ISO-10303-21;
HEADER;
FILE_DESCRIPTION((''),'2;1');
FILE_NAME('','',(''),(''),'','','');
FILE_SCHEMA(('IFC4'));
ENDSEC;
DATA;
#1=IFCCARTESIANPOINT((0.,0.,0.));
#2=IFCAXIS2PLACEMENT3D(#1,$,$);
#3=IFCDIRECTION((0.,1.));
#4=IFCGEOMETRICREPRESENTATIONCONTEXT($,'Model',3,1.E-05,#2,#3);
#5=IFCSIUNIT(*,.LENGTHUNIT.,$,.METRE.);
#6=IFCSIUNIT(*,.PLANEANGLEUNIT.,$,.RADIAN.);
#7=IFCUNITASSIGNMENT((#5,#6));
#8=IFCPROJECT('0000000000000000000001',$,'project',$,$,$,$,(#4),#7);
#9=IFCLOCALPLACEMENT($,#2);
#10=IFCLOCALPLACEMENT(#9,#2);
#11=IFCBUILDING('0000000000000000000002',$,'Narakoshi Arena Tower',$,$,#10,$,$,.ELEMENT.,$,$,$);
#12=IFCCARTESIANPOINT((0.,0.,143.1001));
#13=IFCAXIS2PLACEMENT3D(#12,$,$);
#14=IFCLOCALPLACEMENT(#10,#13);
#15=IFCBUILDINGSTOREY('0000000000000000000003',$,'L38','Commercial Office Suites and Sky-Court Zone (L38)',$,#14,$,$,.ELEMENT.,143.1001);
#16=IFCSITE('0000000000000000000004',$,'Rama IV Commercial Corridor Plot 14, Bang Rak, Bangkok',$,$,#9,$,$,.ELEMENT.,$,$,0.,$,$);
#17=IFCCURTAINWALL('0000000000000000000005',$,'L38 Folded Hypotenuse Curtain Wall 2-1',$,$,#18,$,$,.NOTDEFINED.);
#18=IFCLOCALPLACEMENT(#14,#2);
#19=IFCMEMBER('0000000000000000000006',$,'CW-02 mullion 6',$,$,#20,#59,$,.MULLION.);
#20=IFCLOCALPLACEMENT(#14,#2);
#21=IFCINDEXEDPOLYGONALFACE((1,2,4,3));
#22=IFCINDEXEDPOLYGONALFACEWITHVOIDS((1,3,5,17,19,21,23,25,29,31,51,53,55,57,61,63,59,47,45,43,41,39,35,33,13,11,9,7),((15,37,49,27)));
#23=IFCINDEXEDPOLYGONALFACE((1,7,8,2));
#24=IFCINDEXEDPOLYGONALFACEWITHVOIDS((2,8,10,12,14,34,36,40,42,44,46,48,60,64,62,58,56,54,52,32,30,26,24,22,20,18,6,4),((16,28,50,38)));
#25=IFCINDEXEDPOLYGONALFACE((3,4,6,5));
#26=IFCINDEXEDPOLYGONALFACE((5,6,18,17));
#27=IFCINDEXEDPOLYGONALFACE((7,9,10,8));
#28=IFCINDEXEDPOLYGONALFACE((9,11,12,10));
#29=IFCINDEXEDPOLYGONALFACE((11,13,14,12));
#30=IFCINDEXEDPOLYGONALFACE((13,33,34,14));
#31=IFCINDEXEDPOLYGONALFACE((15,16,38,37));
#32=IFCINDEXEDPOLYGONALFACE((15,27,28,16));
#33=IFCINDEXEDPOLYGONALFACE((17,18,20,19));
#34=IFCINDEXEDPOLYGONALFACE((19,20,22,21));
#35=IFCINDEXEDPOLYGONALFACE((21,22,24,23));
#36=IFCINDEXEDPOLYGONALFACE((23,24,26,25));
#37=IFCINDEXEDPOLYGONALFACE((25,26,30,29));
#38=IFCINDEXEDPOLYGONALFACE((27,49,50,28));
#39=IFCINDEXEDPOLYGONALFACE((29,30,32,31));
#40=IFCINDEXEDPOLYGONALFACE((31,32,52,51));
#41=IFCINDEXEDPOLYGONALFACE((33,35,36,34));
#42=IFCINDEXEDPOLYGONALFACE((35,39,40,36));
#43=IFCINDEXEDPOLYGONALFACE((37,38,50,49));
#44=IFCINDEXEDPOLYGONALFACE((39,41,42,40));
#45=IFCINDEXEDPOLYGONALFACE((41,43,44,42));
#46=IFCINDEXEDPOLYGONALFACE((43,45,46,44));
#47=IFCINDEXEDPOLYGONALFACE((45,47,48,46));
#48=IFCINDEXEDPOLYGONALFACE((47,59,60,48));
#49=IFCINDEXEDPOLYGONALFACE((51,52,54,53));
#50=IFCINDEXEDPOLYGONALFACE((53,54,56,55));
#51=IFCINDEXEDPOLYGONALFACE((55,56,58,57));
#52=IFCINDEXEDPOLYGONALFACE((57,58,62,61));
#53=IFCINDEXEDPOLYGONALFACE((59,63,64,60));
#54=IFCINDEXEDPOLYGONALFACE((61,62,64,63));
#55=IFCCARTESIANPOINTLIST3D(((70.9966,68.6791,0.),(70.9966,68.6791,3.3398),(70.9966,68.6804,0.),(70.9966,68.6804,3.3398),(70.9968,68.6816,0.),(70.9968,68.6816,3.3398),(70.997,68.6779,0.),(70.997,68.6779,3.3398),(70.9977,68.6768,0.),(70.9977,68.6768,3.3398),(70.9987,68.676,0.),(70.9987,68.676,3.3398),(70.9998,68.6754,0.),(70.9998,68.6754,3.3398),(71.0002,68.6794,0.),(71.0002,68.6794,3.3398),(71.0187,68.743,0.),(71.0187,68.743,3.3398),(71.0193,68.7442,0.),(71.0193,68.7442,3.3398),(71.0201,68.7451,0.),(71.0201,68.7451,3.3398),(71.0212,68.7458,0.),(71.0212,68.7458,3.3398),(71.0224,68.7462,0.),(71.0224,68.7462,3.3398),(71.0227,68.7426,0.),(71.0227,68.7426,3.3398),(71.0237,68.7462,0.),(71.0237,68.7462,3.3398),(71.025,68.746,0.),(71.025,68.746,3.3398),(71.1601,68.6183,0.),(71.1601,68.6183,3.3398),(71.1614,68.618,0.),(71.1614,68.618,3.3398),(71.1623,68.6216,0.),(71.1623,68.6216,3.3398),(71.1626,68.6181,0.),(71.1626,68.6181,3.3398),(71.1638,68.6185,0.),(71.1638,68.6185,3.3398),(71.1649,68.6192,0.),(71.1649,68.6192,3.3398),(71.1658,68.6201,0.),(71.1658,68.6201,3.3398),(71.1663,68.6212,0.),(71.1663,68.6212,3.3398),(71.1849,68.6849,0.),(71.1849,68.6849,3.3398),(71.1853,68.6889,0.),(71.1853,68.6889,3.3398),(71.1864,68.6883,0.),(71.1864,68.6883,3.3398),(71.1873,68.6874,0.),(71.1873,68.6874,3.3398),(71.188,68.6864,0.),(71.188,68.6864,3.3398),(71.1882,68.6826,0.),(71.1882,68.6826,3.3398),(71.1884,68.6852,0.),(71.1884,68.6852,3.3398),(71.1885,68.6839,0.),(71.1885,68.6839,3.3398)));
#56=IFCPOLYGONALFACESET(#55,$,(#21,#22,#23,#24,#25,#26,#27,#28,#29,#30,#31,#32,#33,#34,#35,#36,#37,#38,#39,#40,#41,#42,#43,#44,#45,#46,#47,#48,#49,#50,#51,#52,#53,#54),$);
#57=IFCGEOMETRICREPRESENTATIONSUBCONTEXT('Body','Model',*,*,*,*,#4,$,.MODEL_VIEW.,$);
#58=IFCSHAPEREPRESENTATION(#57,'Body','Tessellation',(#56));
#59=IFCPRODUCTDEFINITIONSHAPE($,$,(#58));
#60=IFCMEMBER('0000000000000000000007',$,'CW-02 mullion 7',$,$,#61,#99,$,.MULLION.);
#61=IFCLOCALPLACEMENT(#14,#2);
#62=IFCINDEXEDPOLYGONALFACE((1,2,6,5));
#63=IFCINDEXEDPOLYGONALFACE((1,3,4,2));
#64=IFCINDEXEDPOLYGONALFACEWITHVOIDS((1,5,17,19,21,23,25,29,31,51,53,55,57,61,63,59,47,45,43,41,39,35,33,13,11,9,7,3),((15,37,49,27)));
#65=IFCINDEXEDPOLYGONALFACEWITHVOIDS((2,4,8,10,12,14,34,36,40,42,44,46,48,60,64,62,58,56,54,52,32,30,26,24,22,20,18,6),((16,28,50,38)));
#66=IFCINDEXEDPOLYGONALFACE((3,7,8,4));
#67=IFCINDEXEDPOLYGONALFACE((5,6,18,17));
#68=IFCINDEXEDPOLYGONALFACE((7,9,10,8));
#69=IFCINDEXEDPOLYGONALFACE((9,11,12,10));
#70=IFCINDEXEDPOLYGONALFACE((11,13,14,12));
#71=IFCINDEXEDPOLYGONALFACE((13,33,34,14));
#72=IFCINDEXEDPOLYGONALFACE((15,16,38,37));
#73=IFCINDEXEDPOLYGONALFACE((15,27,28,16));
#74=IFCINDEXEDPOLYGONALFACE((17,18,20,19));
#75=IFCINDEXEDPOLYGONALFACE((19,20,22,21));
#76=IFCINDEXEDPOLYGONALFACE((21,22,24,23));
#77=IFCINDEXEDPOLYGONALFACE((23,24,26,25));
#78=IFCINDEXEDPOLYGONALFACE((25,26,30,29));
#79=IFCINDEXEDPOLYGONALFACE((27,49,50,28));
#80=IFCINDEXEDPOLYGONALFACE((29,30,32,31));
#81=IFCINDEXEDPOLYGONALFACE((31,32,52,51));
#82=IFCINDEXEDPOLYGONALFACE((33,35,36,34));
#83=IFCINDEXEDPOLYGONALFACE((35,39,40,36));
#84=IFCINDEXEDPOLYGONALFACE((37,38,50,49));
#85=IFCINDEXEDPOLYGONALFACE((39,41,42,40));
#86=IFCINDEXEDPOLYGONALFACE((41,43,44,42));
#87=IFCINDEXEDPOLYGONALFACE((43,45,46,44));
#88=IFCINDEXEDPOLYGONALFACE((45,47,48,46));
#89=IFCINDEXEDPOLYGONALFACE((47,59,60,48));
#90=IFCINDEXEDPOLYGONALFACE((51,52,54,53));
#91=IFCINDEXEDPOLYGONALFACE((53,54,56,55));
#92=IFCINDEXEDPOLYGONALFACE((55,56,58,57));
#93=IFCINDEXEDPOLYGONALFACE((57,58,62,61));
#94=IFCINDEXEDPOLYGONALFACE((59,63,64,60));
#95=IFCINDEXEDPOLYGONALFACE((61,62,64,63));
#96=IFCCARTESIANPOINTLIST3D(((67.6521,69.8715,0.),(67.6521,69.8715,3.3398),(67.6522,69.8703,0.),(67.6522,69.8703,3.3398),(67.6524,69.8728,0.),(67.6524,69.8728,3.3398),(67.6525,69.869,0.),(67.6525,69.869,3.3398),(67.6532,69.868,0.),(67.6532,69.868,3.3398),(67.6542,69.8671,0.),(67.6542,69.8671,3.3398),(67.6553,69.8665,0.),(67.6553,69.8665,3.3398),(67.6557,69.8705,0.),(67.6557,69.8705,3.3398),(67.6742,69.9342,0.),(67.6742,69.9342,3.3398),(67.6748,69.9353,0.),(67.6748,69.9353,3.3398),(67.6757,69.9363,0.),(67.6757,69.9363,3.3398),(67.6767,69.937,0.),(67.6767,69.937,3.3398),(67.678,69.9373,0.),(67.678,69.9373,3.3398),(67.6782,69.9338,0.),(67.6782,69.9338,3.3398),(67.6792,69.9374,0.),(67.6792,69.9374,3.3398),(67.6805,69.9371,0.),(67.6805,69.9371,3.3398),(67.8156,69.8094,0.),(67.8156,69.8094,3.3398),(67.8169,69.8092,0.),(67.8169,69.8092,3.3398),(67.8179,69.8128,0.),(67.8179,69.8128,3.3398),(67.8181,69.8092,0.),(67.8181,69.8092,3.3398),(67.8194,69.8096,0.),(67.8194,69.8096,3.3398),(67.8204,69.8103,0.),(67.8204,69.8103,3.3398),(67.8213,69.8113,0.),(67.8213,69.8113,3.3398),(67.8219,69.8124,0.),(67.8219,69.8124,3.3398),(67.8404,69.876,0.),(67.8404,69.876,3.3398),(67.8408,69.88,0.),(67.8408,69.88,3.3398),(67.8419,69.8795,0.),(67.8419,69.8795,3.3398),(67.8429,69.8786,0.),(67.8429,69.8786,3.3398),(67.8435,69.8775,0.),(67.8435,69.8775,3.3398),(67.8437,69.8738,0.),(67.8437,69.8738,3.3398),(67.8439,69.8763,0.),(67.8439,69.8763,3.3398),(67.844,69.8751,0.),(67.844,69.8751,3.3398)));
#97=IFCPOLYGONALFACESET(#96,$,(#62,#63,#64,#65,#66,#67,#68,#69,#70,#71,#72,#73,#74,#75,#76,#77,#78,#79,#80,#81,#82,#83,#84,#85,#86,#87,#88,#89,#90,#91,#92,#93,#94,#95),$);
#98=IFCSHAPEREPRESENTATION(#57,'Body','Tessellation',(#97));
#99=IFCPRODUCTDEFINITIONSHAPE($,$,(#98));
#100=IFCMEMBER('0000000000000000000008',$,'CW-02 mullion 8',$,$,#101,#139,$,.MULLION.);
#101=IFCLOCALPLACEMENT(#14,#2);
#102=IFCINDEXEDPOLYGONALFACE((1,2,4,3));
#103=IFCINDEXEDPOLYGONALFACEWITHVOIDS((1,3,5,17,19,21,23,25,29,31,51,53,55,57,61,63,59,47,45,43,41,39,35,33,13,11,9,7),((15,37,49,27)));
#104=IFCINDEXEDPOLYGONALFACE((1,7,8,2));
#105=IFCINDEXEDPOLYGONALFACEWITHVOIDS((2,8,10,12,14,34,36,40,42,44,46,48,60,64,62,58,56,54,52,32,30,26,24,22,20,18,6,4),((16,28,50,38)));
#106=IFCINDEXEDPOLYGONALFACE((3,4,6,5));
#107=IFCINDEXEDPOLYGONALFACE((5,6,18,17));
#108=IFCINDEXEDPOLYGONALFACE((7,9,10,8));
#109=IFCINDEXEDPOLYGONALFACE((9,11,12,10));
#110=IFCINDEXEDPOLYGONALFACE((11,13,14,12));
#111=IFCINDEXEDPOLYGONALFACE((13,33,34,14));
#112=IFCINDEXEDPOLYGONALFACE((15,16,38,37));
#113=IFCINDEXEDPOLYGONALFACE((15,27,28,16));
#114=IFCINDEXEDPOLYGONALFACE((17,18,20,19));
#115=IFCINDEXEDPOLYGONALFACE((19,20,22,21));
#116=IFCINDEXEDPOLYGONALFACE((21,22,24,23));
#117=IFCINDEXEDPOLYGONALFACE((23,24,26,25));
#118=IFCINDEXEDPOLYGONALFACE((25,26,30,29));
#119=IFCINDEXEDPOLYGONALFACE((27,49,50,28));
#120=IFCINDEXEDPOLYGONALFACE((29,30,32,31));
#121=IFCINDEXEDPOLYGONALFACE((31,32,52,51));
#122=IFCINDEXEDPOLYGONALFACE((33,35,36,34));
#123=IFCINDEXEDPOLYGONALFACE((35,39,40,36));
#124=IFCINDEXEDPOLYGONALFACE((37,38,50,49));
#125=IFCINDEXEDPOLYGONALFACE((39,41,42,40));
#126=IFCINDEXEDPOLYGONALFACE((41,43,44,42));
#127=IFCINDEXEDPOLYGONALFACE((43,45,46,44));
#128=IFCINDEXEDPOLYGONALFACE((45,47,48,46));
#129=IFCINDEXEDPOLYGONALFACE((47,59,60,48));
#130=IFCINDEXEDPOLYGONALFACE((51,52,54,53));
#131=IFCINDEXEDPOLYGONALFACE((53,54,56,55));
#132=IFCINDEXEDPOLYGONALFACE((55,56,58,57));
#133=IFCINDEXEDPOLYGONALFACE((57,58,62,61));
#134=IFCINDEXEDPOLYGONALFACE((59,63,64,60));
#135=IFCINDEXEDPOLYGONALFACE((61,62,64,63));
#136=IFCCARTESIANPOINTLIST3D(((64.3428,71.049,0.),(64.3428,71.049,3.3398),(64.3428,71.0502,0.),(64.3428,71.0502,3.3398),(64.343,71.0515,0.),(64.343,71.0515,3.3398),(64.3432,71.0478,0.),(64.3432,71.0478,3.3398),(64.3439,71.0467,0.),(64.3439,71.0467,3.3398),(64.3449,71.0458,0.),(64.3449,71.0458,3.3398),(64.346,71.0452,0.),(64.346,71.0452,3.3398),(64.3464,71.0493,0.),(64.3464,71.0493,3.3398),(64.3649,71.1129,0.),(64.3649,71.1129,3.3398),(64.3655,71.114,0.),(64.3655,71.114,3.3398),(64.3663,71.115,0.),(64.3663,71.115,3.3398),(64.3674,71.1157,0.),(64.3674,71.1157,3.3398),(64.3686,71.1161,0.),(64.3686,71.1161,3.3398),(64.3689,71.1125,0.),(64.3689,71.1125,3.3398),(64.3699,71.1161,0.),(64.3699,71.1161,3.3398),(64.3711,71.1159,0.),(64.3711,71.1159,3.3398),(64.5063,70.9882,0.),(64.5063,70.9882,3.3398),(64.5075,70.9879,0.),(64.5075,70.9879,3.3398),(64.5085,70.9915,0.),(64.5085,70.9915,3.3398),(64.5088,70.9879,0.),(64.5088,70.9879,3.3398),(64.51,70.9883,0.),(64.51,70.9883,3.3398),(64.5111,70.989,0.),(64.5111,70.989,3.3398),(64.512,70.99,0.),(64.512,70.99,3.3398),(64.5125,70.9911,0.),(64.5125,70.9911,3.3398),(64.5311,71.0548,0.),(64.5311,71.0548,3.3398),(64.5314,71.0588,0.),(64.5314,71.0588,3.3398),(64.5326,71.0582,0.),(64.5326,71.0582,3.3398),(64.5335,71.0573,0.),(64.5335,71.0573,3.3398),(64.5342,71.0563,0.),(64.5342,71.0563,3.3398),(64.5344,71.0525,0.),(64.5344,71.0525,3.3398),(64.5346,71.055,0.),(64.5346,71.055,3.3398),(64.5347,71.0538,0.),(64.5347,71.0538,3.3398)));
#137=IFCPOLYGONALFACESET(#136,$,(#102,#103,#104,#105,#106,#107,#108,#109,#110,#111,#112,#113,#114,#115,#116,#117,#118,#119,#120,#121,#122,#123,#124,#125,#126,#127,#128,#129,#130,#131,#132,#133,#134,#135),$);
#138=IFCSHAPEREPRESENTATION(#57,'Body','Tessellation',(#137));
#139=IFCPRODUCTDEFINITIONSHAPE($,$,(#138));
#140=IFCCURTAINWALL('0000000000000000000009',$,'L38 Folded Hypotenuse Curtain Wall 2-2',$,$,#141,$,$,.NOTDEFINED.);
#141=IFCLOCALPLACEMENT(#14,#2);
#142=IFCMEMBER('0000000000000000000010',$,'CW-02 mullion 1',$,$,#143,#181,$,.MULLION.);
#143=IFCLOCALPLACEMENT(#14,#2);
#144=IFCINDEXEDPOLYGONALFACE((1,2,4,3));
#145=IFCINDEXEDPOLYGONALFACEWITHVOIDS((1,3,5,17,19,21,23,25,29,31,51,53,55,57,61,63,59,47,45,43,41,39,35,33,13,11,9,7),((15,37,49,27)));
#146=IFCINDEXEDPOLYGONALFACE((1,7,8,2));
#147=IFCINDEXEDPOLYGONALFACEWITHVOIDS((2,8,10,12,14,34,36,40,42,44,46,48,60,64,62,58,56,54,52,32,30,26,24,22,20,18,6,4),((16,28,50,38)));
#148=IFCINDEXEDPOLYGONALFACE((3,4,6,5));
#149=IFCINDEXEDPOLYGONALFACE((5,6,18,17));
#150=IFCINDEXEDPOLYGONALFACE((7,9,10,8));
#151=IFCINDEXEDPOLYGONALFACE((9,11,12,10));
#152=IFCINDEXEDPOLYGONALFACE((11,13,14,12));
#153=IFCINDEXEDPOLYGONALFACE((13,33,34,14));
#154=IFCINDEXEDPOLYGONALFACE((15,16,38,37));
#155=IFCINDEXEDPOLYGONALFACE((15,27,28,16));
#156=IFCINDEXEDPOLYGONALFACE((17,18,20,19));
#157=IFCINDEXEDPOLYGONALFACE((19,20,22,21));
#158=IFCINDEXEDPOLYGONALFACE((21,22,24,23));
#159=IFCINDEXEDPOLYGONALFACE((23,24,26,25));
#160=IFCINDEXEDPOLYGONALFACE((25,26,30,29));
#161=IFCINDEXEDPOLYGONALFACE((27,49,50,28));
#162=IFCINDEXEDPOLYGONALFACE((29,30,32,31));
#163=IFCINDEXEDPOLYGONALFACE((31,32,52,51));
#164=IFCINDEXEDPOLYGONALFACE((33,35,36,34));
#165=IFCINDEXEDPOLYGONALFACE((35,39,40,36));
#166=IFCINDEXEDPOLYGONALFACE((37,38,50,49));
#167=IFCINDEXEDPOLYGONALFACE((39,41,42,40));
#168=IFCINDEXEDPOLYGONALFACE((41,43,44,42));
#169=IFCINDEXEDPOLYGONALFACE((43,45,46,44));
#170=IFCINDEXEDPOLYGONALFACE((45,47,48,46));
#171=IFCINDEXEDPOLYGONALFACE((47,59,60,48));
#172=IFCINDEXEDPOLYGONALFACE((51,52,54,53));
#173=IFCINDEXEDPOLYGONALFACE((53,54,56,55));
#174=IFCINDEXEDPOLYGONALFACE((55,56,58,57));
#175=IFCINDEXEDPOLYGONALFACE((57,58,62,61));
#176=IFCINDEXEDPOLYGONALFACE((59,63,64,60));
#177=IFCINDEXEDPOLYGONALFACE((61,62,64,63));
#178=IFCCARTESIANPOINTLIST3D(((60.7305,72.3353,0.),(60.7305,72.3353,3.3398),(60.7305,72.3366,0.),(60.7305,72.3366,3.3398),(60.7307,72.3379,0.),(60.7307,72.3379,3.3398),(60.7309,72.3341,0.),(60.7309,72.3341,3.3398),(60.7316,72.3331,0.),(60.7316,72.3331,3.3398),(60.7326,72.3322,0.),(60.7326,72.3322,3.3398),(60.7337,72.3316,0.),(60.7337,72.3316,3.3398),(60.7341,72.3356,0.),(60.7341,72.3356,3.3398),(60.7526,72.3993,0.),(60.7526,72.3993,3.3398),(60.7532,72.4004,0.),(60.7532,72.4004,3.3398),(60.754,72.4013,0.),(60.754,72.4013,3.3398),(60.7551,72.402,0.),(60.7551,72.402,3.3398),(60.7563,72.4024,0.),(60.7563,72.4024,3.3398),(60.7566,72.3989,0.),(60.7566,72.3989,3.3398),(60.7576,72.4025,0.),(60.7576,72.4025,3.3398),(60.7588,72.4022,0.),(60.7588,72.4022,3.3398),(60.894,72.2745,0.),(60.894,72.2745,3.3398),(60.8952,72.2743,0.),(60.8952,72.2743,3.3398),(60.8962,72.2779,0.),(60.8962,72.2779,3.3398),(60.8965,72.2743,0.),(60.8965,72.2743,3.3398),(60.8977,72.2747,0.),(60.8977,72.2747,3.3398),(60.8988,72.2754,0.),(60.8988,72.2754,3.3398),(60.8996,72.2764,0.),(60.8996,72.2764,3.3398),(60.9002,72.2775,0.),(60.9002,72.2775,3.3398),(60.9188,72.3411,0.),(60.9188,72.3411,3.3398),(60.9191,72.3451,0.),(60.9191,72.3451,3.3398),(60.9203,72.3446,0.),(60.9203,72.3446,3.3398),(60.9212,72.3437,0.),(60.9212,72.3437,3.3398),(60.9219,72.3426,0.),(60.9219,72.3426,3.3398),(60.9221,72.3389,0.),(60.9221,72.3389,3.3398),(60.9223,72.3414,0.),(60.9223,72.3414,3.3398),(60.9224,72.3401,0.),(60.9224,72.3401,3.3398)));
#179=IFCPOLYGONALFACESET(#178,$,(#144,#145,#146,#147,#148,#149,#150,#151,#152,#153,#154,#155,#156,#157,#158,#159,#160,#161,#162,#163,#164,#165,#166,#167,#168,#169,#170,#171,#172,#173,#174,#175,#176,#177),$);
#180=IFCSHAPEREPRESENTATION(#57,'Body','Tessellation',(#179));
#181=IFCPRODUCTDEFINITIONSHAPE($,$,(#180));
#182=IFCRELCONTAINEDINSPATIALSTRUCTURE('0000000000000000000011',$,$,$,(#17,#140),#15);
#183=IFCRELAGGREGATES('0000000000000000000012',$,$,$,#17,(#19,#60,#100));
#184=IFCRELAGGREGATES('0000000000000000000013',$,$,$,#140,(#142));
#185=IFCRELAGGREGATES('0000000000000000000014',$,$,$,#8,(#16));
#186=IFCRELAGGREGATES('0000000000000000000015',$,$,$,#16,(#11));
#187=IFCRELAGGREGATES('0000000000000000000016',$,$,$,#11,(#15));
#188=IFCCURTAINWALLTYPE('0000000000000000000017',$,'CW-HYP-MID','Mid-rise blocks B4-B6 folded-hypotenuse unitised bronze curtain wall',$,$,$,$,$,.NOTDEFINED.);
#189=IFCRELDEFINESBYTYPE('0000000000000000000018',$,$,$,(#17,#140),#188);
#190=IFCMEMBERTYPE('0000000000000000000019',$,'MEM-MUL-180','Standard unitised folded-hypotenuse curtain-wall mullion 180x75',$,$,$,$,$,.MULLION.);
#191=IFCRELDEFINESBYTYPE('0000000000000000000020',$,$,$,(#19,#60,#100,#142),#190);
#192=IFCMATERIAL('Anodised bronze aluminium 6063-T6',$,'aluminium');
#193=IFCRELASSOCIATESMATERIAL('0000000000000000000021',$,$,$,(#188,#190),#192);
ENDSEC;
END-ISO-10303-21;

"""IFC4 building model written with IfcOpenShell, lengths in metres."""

from ifc_helpers import new_model, si_unit, direction, frame, origin, origin_2d, place, context, subcontext, project, spatial, hollow_rectangle, extrude, material, material_profile, profile_set, type_object, element, aggregate, save


model = new_model("IFC4")

# Units and contexts
model_context = context("Model", 3, precision=1e-05, world=origin(), true_north=direction((0.0, 1.0)))
body_context = subcontext(model_context, "Body", "Model", "MODEL_VIEW")
ifc_project = project(units=[si_unit("LENGTHUNIT", "METRE"), si_unit("PLANEANGLEUNIT", "RADIAN")], contexts=[model_context])

# Site, building, storey
site_placement = place(None, origin())
site = spatial("IfcSite", under=ifc_project, at=site_placement, Name="Rama IV Commercial Corridor Plot 14, Bang Rak, Bangkok", CompositionType="ELEMENT", RefElevation=0.0)
building_placement = place(site_placement, origin())
building = spatial("IfcBuilding", under=site, at=building_placement, Name="Narakoshi Arena Tower", CompositionType="ELEMENT")
storey_placement = place(building_placement, frame((0.0, 0.0, 143.1001)))
storey = spatial("IfcBuildingStorey", under=building, at=storey_placement, Name="L38", Description="Commercial Office Suites and Sky-Court Zone (L38)", CompositionType="ELEMENT", Elevation=143.1001)

# Curtain walls, members
ifc_material_1 = material(Name="Anodised bronze aluminium 6063-T6", Category="aluminium")
curtain_wall_type = type_object("IfcCurtainWallType", Name="CW-HYP-MID", Description="Mid-rise blocks B4-B6 folded-hypotenuse unitised bronze curtain wall", PredefinedType="NOTDEFINED", material=ifc_material_1)
curtain_wall_1_placement = place(storey_placement, origin())
curtain_wall_1 = element("IfcCurtainWall", 1, at=curtain_wall_1_placement, inside=storey, type_object=curtain_wall_type, Name="L38 Folded Hypotenuse Curtain Wall 2-1", PredefinedType="NOTDEFINED")
ifc_material_profile_1 = material_profile(ifc_material_1, hollow_rectangle(XDim=0.075, YDim=0.1799, WallThickness=0.0039, OuterFilletRadius=0.0049, at=origin_2d()), Name="MUL180x75x4")
ifc_profile_set_1 = profile_set([ifc_material_profile_1], Name="Anodised bronze aluminium 6063-T6")
member_type_1 = type_object("IfcMemberType", Name="MEM-MUL-180", Description="Standard unitised folded-hypotenuse curtain-wall mullion 180x75", PredefinedType="MULLION", material=ifc_profile_set_1)
member_1_placement = place(storey_placement, frame((71.0925, 68.6821, 0.0), z_axis=(0.0, 0.0, 1.0), x_axis=(-0.335518, -0.942034, 0.0)))
member_1 = element("IfcMember", 2, at=member_1_placement, type_object=member_type_1, Name="CW-02 mullion 6", PredefinedType="MULLION", context=body_context, shape_type="SweptSolid", body=[
    extrude(hollow_rectangle(XDim=0.075, YDim=0.1799, WallThickness=0.0039, OuterFilletRadius=0.0049, at=origin_2d()), origin(), (0.0, 0.0, 1.0), 3.3398),
])
member_2_placement = place(storey_placement, frame((67.748, 69.8733, 0.0), z_axis=(0.0, 0.0, 1.0), x_axis=(-0.335518, -0.942034, 0.0)))
member_2 = element("IfcMember", 3, at=member_2_placement, type_object=member_type_1, Name="CW-02 mullion 7", PredefinedType="MULLION", context=body_context, shape_type="SweptSolid", body=[
    extrude(hollow_rectangle(XDim=0.075, YDim=0.1799, WallThickness=0.0039, OuterFilletRadius=0.0049, at=origin_2d()), origin(), (0.0, 0.0, 1.0), 3.3398),
])
member_3_placement = place(storey_placement, frame((64.4387, 71.052, 0.0), z_axis=(0.0, 0.0, 1.0), x_axis=(-0.335518, -0.942034, 0.0)))
member_3 = element("IfcMember", 4, at=member_3_placement, type_object=member_type_1, Name="CW-02 mullion 8", PredefinedType="MULLION", context=body_context, shape_type="SweptSolid", body=[
    extrude(hollow_rectangle(XDim=0.075, YDim=0.1799, WallThickness=0.0039, OuterFilletRadius=0.0049, at=origin_2d()), origin(), (0.0, 0.0, 1.0), 3.3398),
])
curtain_wall_2_placement = place(storey_placement, origin())
curtain_wall_2 = element("IfcCurtainWall", 5, at=curtain_wall_2_placement, inside=storey, type_object=curtain_wall_type, Name="L38 Folded Hypotenuse Curtain Wall 2-2", PredefinedType="NOTDEFINED")
member_4_placement = place(storey_placement, frame((60.8264, 72.3384, 0.0), z_axis=(0.0, 0.0, 1.0), x_axis=(-0.335542, -0.942025, 0.0)))
member_4 = element("IfcMember", 6, at=member_4_placement, type_object=member_type_1, Name="CW-02 mullion 1", PredefinedType="MULLION", context=body_context, shape_type="SweptSolid", body=[
    extrude(hollow_rectangle(XDim=0.075, YDim=0.1799, WallThickness=0.0039, OuterFilletRadius=0.0049, at=origin_2d()), origin(), (0.0, 0.0, 1.0), 3.3398),
])

aggregate(curtain_wall_1, [member_1, member_2, member_3])
aggregate(curtain_wall_2, [member_4])

save(model, "model.ifc")
